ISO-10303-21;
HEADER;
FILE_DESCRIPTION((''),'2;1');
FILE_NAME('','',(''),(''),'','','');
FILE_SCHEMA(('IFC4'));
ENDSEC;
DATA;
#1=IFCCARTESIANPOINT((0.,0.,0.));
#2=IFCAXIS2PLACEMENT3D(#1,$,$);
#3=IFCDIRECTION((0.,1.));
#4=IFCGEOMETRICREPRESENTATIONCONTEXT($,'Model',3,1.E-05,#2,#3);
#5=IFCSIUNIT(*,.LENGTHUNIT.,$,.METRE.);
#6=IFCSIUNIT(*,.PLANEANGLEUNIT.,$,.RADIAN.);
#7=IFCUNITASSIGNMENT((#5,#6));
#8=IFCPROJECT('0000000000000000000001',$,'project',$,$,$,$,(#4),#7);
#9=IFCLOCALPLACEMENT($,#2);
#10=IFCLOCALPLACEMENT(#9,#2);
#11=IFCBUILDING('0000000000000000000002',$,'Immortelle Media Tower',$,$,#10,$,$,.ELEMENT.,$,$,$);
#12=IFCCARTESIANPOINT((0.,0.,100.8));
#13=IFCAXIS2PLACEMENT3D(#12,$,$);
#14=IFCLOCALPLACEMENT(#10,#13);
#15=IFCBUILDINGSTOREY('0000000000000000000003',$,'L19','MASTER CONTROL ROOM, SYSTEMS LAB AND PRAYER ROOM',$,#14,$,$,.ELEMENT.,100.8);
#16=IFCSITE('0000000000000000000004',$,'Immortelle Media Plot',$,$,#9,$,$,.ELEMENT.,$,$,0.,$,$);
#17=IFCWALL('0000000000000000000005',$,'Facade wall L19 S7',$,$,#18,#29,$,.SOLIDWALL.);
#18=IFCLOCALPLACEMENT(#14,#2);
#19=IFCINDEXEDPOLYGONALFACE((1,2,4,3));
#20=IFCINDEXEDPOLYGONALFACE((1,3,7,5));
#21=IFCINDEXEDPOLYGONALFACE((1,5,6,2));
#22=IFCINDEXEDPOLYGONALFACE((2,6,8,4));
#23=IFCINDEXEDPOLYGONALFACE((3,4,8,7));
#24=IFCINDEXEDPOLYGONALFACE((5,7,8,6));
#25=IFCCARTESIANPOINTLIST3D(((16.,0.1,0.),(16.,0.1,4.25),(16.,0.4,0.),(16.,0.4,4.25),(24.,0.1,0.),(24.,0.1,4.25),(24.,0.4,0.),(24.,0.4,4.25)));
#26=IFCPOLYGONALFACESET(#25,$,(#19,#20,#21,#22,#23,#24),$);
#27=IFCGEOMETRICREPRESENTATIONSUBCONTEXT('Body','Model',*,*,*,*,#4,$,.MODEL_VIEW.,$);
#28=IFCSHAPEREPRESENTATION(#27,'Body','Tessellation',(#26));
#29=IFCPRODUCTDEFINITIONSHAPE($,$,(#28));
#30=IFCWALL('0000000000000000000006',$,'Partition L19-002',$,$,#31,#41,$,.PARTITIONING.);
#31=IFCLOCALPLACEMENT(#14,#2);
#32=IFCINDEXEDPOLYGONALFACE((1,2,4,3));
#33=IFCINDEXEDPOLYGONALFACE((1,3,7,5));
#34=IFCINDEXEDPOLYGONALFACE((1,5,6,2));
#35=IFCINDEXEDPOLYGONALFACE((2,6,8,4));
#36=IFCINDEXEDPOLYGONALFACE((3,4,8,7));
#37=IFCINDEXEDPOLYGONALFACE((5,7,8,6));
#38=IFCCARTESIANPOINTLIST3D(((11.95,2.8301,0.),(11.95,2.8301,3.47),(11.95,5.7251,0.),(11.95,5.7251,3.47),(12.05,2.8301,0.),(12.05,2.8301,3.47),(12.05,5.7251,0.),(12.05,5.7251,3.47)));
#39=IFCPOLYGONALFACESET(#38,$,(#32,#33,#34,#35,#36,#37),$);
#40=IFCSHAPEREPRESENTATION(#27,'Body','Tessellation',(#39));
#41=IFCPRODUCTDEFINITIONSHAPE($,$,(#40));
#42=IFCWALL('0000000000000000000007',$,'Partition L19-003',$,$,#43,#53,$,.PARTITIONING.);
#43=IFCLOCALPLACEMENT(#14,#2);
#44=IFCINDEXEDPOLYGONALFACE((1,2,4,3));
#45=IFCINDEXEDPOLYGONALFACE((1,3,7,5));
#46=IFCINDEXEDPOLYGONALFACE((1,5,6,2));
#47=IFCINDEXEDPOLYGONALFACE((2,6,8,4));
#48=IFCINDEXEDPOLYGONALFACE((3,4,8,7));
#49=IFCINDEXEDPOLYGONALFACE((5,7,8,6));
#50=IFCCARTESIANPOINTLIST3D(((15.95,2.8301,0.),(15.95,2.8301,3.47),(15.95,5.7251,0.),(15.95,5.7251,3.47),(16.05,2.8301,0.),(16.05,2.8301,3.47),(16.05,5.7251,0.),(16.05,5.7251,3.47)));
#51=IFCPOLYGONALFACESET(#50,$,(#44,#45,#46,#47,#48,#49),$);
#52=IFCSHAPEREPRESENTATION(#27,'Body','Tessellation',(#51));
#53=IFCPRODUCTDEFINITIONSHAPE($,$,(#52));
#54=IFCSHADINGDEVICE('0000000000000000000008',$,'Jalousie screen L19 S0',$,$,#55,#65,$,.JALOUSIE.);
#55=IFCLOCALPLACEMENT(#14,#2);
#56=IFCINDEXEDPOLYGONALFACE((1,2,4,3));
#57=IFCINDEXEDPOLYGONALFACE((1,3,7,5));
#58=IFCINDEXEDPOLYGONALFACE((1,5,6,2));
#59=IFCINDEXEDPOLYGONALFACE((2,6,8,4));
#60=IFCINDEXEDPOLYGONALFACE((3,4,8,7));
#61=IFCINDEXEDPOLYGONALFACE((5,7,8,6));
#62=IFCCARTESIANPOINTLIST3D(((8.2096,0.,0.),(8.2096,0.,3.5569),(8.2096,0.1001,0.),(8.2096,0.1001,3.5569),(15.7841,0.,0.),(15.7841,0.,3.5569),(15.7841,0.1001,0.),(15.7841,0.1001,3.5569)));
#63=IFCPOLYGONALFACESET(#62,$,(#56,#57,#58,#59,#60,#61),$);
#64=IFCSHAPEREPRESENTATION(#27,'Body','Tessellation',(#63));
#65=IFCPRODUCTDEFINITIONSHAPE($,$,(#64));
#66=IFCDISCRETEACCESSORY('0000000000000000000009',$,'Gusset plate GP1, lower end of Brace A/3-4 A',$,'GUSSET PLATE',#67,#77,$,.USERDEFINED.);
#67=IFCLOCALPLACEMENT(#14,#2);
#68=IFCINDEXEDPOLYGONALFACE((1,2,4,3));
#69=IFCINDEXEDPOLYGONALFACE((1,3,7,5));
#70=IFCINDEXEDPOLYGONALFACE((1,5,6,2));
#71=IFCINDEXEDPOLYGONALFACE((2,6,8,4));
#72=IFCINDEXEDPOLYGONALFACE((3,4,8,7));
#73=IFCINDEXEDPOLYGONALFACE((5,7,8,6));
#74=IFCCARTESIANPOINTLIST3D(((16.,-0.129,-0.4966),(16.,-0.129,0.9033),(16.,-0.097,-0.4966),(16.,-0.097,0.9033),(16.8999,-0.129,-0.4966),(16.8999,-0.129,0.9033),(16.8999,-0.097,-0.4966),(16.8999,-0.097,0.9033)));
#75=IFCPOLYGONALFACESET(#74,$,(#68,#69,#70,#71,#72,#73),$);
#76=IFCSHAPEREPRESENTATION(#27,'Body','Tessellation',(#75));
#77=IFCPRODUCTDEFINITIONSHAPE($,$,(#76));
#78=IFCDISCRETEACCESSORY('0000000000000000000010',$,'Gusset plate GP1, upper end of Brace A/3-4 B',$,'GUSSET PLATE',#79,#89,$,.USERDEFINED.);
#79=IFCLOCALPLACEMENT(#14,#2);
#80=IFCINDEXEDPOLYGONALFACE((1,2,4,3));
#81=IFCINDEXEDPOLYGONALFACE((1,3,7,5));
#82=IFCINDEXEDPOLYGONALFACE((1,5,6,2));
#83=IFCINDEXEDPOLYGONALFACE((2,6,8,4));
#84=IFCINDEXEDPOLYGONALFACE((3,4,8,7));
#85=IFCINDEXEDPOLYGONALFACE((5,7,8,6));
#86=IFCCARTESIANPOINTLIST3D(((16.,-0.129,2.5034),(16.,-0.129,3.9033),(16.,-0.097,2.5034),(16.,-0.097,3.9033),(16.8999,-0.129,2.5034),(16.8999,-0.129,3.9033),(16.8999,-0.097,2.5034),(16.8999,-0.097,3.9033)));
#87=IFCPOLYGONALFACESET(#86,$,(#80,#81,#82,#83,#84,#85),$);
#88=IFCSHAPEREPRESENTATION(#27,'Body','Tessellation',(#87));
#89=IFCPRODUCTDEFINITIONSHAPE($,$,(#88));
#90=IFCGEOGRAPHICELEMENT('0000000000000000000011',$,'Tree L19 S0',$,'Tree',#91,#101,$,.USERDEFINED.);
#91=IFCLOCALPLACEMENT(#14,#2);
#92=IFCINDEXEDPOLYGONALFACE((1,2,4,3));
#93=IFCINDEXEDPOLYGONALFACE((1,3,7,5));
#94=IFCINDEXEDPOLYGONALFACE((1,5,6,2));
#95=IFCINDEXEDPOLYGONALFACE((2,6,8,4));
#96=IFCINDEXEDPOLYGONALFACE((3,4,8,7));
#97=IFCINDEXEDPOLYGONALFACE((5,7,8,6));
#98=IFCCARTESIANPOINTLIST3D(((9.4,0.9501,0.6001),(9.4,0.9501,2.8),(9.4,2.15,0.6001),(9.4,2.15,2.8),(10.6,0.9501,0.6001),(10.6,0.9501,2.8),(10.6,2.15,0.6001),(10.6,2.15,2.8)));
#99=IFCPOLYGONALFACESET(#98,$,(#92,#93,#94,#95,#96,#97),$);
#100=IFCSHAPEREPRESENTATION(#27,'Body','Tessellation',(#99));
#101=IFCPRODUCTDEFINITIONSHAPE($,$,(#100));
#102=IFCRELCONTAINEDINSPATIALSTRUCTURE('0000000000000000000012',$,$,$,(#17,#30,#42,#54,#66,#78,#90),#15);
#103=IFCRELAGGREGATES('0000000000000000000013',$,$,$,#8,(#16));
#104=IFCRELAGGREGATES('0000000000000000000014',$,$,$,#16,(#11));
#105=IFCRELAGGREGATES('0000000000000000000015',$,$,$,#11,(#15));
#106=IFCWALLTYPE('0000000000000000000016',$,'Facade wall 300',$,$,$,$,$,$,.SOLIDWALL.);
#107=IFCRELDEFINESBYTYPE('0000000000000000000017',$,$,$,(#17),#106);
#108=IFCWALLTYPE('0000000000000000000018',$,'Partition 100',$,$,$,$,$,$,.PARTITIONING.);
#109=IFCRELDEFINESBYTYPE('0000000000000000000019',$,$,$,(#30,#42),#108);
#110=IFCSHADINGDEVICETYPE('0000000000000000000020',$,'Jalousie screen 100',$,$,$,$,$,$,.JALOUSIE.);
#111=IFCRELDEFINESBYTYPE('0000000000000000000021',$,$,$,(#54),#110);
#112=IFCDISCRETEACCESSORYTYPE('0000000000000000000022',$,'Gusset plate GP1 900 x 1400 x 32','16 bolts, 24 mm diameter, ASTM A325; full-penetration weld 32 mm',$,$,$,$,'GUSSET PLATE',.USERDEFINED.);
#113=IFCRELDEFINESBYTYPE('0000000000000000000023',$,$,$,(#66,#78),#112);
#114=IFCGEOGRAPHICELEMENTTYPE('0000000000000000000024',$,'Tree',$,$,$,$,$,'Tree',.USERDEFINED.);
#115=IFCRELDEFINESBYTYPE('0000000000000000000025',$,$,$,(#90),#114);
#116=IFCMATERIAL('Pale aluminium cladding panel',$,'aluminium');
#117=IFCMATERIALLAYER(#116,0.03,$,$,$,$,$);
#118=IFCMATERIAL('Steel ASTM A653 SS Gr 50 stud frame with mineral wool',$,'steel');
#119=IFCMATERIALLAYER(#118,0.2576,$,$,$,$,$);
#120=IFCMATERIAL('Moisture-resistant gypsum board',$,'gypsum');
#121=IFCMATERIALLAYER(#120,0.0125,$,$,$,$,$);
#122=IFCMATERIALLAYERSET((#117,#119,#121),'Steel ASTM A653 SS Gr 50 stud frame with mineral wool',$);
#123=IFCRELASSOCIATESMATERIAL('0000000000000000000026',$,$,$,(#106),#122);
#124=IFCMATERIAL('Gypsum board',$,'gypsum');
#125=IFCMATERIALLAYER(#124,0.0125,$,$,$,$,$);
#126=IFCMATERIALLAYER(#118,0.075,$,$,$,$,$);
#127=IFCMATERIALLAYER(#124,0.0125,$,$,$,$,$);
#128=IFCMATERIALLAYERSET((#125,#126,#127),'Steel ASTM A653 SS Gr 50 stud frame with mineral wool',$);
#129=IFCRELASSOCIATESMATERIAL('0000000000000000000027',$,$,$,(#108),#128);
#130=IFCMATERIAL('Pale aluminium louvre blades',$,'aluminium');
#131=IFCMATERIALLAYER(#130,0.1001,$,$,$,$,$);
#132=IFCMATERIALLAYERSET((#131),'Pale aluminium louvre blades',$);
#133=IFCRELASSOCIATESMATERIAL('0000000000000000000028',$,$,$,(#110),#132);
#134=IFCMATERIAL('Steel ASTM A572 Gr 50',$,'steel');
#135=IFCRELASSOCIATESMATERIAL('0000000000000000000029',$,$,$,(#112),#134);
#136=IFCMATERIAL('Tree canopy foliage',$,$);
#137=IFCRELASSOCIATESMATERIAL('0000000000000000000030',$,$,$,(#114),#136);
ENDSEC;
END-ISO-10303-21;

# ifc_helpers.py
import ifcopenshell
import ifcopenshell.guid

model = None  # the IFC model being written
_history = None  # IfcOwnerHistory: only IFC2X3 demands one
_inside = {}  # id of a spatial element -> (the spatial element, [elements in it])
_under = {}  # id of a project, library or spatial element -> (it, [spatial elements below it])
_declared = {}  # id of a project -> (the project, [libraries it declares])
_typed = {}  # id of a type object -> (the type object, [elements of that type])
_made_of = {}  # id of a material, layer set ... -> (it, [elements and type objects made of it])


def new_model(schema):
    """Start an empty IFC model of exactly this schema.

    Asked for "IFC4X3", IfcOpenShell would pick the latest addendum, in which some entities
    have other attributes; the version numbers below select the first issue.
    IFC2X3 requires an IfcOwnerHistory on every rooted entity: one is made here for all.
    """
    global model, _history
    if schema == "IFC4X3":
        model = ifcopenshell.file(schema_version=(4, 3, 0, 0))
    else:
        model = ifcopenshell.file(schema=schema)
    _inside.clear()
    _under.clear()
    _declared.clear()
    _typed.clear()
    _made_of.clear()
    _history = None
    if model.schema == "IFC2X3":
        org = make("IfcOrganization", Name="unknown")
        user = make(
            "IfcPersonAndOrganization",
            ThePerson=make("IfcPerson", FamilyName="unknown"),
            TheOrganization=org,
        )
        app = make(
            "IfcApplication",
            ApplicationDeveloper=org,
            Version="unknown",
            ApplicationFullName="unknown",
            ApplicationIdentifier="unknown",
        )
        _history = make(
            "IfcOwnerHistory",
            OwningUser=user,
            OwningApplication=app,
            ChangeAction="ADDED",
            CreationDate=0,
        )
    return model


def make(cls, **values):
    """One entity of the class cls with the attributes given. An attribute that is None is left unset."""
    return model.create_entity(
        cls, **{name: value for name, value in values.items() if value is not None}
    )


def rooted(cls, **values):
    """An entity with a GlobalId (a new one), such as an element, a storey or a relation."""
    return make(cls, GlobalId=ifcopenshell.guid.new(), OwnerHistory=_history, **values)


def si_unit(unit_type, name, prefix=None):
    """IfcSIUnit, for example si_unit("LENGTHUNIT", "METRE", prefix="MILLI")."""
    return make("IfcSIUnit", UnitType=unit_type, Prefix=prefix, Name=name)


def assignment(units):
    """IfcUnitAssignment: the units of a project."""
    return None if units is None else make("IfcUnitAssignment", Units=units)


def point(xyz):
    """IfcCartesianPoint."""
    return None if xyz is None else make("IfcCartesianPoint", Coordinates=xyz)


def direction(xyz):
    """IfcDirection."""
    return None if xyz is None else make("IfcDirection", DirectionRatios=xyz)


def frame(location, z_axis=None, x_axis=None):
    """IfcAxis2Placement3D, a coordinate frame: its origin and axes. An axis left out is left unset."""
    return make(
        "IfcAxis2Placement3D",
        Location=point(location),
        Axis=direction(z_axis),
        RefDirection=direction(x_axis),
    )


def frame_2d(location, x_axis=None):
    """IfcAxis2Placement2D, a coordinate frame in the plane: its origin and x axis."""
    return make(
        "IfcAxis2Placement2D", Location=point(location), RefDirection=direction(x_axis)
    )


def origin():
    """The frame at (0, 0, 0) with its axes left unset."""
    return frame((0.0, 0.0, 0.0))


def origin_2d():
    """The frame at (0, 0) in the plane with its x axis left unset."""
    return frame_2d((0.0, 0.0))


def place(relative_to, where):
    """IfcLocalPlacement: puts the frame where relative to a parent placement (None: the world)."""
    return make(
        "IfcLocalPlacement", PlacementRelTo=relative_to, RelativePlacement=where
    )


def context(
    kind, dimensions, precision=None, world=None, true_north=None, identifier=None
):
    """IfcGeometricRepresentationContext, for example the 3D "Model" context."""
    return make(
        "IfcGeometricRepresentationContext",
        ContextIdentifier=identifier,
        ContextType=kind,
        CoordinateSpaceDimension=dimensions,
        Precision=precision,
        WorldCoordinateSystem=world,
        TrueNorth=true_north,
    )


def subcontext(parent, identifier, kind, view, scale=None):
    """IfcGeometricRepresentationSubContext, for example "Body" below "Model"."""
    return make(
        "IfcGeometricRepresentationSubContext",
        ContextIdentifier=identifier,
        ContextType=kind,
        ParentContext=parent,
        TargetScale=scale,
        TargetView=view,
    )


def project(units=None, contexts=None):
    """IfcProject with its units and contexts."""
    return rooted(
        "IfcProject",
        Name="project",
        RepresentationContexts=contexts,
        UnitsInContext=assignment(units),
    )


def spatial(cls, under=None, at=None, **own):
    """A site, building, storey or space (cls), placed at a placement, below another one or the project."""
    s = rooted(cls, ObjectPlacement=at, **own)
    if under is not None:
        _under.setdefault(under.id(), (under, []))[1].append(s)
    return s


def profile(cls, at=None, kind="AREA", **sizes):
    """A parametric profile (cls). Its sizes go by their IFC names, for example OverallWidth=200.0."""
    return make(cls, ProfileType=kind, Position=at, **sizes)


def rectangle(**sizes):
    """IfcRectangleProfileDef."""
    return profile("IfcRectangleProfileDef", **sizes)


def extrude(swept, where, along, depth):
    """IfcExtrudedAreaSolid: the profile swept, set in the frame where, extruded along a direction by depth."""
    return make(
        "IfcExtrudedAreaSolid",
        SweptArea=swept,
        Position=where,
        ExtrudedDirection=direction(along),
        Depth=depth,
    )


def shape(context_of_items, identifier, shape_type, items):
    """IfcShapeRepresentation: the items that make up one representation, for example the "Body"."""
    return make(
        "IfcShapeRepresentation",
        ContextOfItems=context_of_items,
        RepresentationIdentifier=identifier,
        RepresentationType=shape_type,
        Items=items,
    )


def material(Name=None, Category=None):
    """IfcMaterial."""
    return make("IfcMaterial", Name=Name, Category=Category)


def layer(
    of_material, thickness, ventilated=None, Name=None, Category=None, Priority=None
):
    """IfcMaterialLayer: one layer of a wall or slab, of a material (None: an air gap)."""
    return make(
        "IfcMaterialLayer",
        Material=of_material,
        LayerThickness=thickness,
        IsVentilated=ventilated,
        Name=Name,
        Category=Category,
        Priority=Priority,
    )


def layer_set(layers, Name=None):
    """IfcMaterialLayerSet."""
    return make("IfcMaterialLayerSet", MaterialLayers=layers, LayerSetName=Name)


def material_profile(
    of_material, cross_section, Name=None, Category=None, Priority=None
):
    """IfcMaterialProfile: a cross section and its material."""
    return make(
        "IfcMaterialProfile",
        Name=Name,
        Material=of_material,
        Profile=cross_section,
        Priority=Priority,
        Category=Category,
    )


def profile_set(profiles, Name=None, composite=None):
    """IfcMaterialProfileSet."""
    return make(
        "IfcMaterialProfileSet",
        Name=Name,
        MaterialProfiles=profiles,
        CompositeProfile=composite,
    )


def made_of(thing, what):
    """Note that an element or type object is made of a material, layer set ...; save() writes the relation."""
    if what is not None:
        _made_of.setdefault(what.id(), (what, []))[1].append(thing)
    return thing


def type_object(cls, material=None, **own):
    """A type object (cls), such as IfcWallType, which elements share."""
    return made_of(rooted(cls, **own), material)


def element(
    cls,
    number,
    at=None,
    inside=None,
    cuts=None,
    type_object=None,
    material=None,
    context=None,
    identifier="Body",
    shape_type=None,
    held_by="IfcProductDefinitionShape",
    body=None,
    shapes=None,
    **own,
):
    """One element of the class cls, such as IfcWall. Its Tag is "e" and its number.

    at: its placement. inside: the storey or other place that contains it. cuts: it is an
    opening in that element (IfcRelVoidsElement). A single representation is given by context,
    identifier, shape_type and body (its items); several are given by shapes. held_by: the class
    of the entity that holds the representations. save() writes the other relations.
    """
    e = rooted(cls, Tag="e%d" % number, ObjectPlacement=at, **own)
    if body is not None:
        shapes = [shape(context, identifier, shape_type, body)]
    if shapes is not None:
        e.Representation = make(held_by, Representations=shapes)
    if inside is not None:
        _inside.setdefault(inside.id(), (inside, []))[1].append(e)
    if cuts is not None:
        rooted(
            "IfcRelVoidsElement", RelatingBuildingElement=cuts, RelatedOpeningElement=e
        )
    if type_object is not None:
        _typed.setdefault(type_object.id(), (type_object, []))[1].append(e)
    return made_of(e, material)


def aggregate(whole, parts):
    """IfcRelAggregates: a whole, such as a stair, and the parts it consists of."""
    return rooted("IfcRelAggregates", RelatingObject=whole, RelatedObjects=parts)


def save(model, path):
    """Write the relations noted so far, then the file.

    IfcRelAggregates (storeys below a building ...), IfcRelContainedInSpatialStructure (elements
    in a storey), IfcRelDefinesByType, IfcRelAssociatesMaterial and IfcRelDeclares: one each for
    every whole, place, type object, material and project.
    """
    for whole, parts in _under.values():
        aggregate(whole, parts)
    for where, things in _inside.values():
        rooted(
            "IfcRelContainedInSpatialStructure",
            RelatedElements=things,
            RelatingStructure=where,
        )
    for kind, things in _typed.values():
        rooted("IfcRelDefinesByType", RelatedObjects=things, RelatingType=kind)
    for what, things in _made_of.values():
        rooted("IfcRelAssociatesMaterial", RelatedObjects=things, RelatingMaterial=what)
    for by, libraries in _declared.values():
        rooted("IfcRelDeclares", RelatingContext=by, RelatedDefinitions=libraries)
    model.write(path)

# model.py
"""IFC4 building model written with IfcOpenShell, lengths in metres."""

from ifc_helpers import new_model, si_unit, direction, frame, frame_2d, origin, origin_2d, place, context, subcontext, project, spatial, rectangle, extrude, material, layer, layer_set, material_profile, profile_set, type_object, element, save


model = new_model("IFC4")

# Units and contexts
model_context = context("Model", 3, precision=1e-05, world=origin(), true_north=direction((0.0, 1.0)))
body_context = subcontext(model_context, "Body", "Model", "MODEL_VIEW")
ifc_project = project(units=[si_unit("LENGTHUNIT", "METRE"), si_unit("PLANEANGLEUNIT", "RADIAN")], contexts=[model_context])

# Site, building, storey
site_placement = place(None, origin())
site = spatial("IfcSite", under=ifc_project, at=site_placement, Name="Immortelle Media Plot", CompositionType="ELEMENT", RefElevation=0.0)
building_placement = place(site_placement, origin())
building = spatial("IfcBuilding", under=site, at=building_placement, Name="Immortelle Media Tower", CompositionType="ELEMENT")
storey_placement = place(building_placement, frame((0.0, 0.0, 100.8)))
storey = spatial("IfcBuildingStorey", under=building, at=storey_placement, Name="L19", Description="MASTER CONTROL ROOM, SYSTEMS LAB AND PRAYER ROOM", CompositionType="ELEMENT", Elevation=100.8)

# Walls
ifc_material_1 = material(Name="Pale aluminium cladding panel", Category="aluminium")
ifc_layer_1 = layer(ifc_material_1, 0.03)
ifc_material_2 = material(Name="Steel ASTM A653 SS Gr 50 stud frame with mineral wool", Category="steel")
ifc_layer_2 = layer(ifc_material_2, 0.2576)
ifc_material_3 = material(Name="Moisture-resistant gypsum board", Category="gypsum")
ifc_layer_3 = layer(ifc_material_3, 0.0125)
ifc_layer_set_1 = layer_set([ifc_layer_1, ifc_layer_2, ifc_layer_3], Name="Steel ASTM A653 SS Gr 50 stud frame with mineral wool")
wall_type_1 = type_object("IfcWallType", Name="Facade wall 300", PredefinedType="SOLIDWALL", material=ifc_layer_set_1)
wall_1_placement = place(storey_placement, frame((16.0, 0.25, 0.0), z_axis=(0.0, 0.0, 1.0), x_axis=(1.0, 0.0, 0.0)))
element("IfcWall", 1, at=wall_1_placement, inside=storey, type_object=wall_type_1, Name="Facade wall L19 S7", PredefinedType="SOLIDWALL", context=body_context, shape_type="SweptSolid", body=[
    extrude(rectangle(XDim=8.0, YDim=0.3, at=frame_2d((4.0, 0.0))), origin(), (0.0, 0.0, 1.0), 4.25),
])
ifc_material_4 = material(Name="Gypsum board", Category="gypsum")
ifc_layer_4 = layer(ifc_material_4, 0.0125)
ifc_layer_5 = layer(ifc_material_2, 0.075)
ifc_layer_6 = layer(ifc_material_4, 0.0125)
ifc_layer_set_2 = layer_set([ifc_layer_4, ifc_layer_5, ifc_layer_6], Name="Steel ASTM A653 SS Gr 50 stud frame with mineral wool")
wall_type_2 = type_object("IfcWallType", Name="Partition 100", PredefinedType="PARTITIONING", material=ifc_layer_set_2)
for number, where, z_axis, x_axis, name in (
    (2, (12.0, 2.8301, 0.0), (0.0, 0.0, 1.0), (0.0, 1.0, 0.0), "Partition L19-002"),
    (3, (16.0, 2.8301, 0.0), (0.0, 0.0, 1.0), (0.0, 1.0, 0.0), "Partition L19-003"),
):
    element("IfcWall", number, at=place(storey_placement, frame(where, z_axis=z_axis, x_axis=x_axis)), inside=storey, type_object=wall_type_2, Name=name, PredefinedType="PARTITIONING", context=body_context, shape_type="SweptSolid", body=[
        extrude(rectangle(XDim=2.895, YDim=0.1001, at=frame_2d((1.4475, 0.0))), origin(), (0.0, 0.0, 1.0), 3.47),
    ])

# Shading device
ifc_material_5 = material(Name="Pale aluminium louvre blades", Category="aluminium")
ifc_layer_7 = layer(ifc_material_5, 0.1001)
ifc_layer_set_3 = layer_set([ifc_layer_7], Name="Pale aluminium louvre blades")
shading_device_type = type_object("IfcShadingDeviceType", Name="Jalousie screen 100", PredefinedType="JALOUSIE", material=ifc_layer_set_3)
shading_device_placement = place(storey_placement, frame((11.9968, 0.05, 0.0), z_axis=(0.0, 0.0, 1.0), x_axis=(1.0, 0.0, 0.0)))
element("IfcShadingDevice", 4, at=shading_device_placement, inside=storey, type_object=shading_device_type, Name="Jalousie screen L19 S0", PredefinedType="JALOUSIE", context=body_context, shape_type="SweptSolid", body=[
    extrude(rectangle(XDim=7.5745, YDim=0.1001, at=origin_2d()), origin(), (0.0, 0.0, 1.0), 3.5569),
])

# Discrete accessories
ifc_material_6 = material(Name="Steel ASTM A572 Gr 50", Category="steel")
ifc_material_profile_1 = material_profile(ifc_material_6, rectangle(XDim=0.032, YDim=1.3999, at=origin_2d()), Name="PL 32 x 1400")
ifc_profile_set_1 = profile_set([ifc_material_profile_1], Name="Steel ASTM A572 Gr 50")
discrete_accessory_type = type_object("IfcDiscreteAccessoryType", Name="Gusset plate GP1 900 x 1400 x 32", Description="16 bolts, 24 mm diameter, ASTM A325; full-penetration weld 32 mm", ElementType="GUSSET PLATE", PredefinedType="USERDEFINED", material=ifc_profile_set_1)
for number, where, z_axis, x_axis, name in (
    (5, (16.0, -0.113, 0.2034), (1.0, 0.0, 0.0), (0.0, 1.0, 0.0), "Gusset plate GP1, lower end of Brace A/3-4 A"),
    (6, (16.0, -0.113, 3.2034), (1.0, 0.0, 0.0), (0.0, 1.0, 0.0), "Gusset plate GP1, upper end of Brace A/3-4 B"),
):
    element("IfcDiscreteAccessory", number, at=place(storey_placement, frame(where, z_axis=z_axis, x_axis=x_axis)), inside=storey, type_object=discrete_accessory_type, Name=name, ObjectType="GUSSET PLATE", PredefinedType="USERDEFINED", context=body_context, shape_type="SweptSolid", body=[
        extrude(rectangle(XDim=0.032, YDim=1.3999, at=origin_2d()), origin(), (0.0, 0.0, 1.0), 0.8999),
    ])

# Geographic element
ifc_material_7 = material(Name="Tree canopy foliage")
geographic_element_type = type_object("IfcGeographicElementType", Name="Tree", ElementType="Tree", PredefinedType="USERDEFINED", material=ifc_material_7)
geographic_element_placement = place(storey_placement, frame((10.0, 1.55, 0.6001), z_axis=(0.0, 0.0, 1.0), x_axis=(1.0, 0.0, 0.0)))
element("IfcGeographicElement", 7, at=geographic_element_placement, inside=storey, type_object=geographic_element_type, Name="Tree L19 S0", ObjectType="Tree", PredefinedType="USERDEFINED", context=body_context, shape_type="SweptSolid", body=[
    extrude(rectangle(XDim=1.2, YDim=1.2, at=origin_2d()), origin(), (0.0, 0.0, 1.0), 2.2),
])

save(model, "model.ifc")
